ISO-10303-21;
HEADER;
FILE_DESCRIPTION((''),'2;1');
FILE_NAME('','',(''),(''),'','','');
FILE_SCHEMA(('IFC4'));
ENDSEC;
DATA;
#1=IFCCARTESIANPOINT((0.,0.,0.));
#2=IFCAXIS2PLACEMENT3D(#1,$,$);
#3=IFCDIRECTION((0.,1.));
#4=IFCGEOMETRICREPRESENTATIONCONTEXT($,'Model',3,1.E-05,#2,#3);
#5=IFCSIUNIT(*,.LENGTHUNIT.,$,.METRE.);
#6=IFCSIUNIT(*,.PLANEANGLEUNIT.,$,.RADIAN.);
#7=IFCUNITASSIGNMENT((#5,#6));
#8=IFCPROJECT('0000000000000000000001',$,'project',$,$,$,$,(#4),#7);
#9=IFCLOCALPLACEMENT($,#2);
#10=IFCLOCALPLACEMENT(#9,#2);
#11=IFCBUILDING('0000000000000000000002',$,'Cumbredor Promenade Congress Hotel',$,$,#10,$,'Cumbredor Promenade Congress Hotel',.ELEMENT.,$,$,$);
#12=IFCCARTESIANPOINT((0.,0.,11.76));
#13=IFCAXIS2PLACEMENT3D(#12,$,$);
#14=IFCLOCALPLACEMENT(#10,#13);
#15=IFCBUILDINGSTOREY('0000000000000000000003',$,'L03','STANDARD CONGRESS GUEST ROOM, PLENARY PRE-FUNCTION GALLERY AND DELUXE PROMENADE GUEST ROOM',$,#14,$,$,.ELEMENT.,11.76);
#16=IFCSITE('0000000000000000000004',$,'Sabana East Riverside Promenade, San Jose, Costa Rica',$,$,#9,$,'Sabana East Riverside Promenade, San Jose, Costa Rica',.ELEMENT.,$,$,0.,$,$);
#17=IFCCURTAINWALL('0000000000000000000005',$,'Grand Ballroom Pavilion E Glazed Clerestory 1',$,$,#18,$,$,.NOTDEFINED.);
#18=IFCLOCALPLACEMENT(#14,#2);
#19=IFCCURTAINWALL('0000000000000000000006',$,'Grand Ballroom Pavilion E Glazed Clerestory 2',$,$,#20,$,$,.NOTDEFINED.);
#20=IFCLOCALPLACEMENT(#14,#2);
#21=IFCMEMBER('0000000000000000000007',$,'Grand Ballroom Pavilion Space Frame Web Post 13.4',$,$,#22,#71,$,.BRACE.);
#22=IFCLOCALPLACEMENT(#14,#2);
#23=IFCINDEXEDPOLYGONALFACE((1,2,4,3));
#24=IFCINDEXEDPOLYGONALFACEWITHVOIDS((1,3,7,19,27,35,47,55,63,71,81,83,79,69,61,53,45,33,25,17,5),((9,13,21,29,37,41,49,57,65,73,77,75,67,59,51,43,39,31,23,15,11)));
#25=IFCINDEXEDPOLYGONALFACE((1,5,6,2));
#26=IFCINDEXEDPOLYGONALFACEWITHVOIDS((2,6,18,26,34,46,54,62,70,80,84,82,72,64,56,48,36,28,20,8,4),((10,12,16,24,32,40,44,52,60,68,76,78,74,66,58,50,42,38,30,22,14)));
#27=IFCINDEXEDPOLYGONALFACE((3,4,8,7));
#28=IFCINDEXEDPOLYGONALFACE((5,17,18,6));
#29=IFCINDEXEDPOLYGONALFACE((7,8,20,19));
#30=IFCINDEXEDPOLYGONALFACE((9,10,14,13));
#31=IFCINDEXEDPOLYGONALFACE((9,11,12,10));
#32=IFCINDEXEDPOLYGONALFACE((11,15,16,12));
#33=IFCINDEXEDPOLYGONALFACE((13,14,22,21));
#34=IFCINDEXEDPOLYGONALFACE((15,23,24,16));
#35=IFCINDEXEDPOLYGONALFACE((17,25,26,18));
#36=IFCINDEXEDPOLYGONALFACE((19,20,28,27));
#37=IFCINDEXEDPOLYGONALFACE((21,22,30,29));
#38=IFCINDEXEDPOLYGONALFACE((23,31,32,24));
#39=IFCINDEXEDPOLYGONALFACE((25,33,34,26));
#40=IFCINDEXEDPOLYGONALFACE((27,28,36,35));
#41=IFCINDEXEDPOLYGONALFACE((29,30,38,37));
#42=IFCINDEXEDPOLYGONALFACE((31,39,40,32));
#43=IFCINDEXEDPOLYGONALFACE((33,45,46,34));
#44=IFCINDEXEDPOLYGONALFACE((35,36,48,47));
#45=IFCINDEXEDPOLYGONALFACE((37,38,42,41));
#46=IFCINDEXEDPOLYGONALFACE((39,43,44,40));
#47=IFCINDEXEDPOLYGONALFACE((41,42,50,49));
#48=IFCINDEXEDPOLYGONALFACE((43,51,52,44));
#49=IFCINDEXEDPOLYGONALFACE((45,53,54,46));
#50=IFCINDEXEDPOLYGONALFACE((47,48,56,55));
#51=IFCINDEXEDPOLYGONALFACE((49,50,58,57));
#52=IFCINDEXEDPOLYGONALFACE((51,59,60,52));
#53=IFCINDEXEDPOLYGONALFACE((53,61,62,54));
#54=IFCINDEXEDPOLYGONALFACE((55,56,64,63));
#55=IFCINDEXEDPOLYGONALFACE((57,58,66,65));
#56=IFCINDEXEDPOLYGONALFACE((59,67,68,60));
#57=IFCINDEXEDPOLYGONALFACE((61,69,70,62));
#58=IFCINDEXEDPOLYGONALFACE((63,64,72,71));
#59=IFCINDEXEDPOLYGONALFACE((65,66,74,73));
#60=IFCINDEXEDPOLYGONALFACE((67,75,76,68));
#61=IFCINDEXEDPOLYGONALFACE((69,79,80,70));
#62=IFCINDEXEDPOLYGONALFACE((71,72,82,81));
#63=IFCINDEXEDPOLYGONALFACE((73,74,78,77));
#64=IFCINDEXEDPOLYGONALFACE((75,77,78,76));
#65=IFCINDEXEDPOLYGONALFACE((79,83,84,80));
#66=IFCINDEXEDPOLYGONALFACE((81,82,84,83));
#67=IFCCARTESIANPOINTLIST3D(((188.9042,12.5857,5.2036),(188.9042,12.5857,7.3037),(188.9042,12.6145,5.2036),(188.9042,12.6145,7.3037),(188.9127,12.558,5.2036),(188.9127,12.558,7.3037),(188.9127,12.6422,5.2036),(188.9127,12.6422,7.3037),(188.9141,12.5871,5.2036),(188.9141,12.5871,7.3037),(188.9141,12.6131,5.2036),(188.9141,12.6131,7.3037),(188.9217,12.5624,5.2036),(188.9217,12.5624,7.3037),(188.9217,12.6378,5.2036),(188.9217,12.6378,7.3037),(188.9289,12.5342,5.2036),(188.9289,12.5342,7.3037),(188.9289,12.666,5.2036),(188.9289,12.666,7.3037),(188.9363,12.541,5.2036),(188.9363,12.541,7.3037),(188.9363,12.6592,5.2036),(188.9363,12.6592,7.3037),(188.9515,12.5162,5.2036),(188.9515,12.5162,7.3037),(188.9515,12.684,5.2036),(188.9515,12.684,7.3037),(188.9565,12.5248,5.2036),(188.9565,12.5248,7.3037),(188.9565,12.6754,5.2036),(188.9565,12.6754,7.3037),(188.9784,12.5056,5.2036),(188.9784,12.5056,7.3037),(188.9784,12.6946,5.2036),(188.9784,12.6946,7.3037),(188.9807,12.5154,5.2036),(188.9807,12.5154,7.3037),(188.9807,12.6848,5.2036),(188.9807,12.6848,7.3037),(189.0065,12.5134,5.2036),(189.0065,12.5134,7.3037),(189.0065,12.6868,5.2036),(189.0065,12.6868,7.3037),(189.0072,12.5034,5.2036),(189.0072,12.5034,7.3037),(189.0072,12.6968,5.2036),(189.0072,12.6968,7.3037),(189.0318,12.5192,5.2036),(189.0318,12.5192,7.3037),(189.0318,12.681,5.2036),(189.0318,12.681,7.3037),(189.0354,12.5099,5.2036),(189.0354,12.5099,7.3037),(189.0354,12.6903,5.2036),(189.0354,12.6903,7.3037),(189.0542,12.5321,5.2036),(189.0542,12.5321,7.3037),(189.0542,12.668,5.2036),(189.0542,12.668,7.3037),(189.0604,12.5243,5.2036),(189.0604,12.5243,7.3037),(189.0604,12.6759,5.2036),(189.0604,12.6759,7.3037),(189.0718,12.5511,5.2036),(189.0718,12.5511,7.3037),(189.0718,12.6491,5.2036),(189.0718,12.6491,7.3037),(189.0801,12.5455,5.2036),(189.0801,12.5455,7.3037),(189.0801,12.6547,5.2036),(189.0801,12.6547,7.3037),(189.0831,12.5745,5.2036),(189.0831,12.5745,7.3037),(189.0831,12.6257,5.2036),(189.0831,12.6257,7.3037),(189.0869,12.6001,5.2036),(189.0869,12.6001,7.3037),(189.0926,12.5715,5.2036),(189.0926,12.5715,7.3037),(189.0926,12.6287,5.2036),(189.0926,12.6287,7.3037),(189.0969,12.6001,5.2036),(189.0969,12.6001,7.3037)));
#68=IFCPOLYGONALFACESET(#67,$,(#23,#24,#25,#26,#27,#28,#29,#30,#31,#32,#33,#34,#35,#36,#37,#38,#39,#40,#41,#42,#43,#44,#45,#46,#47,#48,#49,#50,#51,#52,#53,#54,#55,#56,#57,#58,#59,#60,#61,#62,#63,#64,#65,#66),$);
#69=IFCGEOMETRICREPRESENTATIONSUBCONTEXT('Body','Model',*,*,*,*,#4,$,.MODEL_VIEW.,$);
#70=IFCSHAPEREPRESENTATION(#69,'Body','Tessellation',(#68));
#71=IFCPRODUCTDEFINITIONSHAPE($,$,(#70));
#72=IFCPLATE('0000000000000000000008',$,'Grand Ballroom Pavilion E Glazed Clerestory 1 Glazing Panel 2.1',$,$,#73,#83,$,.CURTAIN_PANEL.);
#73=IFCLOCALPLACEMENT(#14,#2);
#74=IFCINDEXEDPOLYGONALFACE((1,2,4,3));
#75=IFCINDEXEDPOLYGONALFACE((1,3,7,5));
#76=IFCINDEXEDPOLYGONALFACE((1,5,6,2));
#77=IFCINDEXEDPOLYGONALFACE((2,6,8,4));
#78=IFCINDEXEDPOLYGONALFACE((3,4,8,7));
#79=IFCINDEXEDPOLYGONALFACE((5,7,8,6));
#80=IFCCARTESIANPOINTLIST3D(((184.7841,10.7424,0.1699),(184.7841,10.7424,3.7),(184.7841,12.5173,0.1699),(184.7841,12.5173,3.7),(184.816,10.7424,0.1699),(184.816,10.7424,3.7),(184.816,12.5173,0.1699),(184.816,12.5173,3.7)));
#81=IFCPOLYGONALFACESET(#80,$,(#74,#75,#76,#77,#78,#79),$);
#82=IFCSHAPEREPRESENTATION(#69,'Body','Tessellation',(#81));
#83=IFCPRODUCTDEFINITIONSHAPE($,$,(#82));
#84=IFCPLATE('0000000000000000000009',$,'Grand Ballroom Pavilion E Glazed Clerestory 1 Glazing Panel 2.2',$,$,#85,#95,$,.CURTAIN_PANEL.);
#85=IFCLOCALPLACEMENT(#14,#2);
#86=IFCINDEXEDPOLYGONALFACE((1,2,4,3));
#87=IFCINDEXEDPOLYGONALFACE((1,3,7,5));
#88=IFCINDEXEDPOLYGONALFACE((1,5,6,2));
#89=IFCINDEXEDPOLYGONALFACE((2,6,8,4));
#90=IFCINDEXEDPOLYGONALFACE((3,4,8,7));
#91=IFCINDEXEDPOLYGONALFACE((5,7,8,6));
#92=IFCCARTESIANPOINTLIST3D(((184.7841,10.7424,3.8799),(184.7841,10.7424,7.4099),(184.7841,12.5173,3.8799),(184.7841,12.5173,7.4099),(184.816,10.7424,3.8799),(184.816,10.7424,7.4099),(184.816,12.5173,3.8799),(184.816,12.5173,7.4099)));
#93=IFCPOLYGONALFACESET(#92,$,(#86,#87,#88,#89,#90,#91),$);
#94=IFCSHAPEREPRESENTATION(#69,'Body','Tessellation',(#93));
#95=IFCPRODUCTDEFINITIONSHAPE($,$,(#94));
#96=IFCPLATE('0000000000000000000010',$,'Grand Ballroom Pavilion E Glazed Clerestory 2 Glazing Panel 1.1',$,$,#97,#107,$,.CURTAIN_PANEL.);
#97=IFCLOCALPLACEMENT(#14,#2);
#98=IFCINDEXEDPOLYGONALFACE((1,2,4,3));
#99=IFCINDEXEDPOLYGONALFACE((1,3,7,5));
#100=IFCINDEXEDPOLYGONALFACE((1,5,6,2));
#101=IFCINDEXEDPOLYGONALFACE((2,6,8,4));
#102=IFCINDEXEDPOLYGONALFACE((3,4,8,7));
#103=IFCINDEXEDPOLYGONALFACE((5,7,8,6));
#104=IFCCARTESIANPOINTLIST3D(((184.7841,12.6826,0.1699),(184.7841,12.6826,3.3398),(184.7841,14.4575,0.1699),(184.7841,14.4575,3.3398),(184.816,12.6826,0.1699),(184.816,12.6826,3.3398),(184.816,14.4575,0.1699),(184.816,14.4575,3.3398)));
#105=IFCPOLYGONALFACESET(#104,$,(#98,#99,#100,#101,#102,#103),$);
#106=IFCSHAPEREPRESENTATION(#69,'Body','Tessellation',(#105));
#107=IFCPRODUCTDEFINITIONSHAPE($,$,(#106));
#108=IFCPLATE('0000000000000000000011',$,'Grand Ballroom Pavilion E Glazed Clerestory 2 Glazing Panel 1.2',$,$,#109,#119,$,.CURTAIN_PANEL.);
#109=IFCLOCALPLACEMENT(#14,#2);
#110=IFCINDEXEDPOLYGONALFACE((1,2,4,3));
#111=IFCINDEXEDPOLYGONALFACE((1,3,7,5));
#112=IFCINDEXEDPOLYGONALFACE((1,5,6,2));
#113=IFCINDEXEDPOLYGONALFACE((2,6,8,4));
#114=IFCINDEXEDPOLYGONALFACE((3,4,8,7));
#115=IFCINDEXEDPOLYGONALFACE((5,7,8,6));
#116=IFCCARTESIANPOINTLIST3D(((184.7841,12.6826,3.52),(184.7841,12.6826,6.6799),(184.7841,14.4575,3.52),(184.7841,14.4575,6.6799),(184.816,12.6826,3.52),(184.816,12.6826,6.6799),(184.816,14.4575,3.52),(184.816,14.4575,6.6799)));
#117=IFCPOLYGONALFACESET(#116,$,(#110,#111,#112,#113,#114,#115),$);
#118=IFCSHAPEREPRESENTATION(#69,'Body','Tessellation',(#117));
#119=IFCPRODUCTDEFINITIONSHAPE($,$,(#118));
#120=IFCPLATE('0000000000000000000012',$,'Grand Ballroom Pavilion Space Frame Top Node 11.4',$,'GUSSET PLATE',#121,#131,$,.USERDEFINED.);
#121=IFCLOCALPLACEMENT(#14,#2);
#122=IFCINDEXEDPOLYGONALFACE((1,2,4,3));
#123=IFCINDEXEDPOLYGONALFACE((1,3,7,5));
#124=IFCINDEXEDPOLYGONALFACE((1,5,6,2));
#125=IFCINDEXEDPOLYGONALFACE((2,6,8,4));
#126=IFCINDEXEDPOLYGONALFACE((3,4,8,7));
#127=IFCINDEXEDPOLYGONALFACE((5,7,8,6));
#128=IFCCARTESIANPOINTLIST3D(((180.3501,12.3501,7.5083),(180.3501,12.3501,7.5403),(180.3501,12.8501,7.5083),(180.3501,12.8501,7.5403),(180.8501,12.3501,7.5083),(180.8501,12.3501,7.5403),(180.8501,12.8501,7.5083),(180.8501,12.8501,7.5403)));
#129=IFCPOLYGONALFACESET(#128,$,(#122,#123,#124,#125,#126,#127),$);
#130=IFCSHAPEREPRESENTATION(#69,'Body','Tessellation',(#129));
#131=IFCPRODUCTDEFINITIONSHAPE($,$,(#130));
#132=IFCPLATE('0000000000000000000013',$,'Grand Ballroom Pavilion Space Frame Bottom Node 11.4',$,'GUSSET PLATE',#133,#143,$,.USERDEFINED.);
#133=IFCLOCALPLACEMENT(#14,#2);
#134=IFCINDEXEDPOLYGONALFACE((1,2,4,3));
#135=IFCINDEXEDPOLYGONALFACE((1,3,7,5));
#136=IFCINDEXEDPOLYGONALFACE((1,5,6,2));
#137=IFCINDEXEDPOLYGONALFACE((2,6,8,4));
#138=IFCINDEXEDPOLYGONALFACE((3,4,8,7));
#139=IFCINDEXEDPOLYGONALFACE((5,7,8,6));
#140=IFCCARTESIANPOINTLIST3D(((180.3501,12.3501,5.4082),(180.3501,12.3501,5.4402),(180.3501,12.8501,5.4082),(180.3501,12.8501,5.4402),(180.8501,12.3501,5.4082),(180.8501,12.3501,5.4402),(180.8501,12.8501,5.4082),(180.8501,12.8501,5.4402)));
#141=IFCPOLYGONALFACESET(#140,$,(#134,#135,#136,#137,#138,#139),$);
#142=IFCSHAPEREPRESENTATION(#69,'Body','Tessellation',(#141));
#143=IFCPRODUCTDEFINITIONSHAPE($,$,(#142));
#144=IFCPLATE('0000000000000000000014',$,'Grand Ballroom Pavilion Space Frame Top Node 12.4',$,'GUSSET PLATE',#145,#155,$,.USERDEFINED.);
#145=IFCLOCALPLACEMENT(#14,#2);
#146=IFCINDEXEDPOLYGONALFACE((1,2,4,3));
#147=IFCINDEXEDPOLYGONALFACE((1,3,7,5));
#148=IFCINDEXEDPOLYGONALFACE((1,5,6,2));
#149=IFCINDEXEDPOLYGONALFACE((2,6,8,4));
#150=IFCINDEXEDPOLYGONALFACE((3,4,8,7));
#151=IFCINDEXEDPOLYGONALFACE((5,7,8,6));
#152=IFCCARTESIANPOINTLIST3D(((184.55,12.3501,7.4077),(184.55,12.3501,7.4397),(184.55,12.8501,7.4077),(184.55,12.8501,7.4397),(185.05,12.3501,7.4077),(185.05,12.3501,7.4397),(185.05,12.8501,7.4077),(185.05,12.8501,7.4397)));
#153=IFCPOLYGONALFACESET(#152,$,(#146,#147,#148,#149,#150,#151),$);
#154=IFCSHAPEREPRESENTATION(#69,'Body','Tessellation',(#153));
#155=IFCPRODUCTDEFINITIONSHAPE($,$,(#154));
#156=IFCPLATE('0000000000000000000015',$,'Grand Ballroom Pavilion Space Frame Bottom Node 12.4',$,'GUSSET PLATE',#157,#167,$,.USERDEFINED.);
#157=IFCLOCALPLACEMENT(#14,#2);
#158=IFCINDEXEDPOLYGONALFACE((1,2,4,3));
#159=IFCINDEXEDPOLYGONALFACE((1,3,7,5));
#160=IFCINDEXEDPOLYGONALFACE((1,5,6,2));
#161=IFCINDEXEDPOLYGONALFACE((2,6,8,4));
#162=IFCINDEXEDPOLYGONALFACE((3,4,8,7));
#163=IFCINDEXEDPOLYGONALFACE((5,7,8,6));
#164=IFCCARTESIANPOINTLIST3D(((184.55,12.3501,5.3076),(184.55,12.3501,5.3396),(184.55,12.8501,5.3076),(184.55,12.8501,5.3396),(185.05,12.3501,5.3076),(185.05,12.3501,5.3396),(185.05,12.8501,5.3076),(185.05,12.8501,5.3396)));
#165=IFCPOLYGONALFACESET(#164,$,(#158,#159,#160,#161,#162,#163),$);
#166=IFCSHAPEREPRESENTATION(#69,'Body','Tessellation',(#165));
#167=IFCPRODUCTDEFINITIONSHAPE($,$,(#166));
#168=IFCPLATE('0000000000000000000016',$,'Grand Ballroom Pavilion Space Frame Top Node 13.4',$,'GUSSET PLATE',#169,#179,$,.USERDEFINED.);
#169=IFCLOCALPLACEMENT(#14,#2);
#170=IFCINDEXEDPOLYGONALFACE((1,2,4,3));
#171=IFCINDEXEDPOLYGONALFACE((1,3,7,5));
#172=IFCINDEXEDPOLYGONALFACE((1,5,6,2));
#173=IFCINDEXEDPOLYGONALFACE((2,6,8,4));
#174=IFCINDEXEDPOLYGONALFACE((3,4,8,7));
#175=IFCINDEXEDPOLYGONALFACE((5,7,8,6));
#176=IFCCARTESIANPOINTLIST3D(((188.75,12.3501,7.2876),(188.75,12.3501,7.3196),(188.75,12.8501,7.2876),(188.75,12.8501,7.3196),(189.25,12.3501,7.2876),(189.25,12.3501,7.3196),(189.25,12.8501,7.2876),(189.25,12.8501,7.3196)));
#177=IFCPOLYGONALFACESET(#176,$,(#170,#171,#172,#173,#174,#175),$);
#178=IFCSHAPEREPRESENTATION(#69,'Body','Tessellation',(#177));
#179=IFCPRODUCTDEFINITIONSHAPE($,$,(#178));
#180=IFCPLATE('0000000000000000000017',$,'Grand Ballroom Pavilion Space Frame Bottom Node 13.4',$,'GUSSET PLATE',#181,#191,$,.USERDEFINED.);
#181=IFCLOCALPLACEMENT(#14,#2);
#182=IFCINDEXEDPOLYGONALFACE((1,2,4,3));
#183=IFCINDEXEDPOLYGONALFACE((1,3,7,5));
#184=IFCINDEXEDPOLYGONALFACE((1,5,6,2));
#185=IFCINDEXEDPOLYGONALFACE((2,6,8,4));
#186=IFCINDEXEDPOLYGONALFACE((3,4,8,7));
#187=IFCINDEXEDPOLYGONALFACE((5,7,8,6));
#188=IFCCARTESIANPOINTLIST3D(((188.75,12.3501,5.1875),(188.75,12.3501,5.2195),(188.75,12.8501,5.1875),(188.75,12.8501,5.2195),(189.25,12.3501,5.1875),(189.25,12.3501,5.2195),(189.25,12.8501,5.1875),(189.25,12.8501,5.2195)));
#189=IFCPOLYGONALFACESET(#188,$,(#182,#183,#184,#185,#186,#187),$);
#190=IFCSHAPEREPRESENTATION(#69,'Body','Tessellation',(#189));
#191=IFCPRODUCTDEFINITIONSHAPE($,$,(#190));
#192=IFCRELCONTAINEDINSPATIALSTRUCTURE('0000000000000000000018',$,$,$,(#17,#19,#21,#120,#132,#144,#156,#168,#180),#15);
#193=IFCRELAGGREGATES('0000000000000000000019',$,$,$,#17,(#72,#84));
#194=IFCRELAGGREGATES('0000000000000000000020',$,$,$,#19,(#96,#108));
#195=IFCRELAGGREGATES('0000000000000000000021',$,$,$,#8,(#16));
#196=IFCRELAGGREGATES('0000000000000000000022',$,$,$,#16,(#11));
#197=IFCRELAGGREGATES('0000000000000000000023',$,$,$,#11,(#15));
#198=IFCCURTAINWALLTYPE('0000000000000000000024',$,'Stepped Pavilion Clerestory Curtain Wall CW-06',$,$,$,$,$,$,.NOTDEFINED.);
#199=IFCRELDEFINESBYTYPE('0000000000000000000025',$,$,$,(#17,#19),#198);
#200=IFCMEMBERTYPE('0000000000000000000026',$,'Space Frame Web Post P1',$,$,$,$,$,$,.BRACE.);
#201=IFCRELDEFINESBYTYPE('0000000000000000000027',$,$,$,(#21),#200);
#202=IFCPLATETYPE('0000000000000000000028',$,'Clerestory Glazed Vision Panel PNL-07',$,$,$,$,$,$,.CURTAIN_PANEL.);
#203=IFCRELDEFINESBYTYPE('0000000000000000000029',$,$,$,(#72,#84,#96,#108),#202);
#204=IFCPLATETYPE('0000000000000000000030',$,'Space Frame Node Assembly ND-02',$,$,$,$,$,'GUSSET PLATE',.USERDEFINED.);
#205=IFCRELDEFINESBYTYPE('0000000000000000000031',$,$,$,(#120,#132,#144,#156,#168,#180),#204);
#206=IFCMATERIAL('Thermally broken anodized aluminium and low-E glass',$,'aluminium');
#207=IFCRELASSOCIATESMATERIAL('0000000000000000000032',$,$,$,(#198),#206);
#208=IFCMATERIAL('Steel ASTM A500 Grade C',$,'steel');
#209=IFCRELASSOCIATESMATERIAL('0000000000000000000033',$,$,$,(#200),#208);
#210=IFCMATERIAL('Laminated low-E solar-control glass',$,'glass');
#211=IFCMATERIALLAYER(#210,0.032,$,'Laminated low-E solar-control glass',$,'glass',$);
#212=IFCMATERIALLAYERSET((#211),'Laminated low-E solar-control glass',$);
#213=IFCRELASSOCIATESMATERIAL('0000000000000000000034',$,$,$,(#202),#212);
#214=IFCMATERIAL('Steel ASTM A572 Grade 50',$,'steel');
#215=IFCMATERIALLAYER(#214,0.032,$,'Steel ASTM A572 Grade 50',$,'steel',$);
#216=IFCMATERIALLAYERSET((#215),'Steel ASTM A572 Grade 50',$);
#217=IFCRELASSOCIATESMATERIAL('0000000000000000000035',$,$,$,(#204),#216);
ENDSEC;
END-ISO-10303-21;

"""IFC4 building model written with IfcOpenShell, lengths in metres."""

from ifc_helpers import new_model, si_unit, direction, frame, origin, origin_2d, place, context, subcontext, project, spatial, rectangle, hollow_circle, extrude, material, layer, layer_set, material_profile, profile_set, type_object, element, aggregate, save


model = new_model("IFC4")

# Units and contexts
model_context = context("Model", 3, precision=1e-05, world=origin(), true_north=direction((0.0, 1.0)))
body_context = subcontext(model_context, "Body", "Model", "MODEL_VIEW")
ifc_project = project(units=[si_unit("LENGTHUNIT", "METRE"), si_unit("PLANEANGLEUNIT", "RADIAN")], contexts=[model_context])

# Site, building, storey
site_placement = place(None, origin())
site = spatial("IfcSite", under=ifc_project, at=site_placement, Name="Sabana East Riverside Promenade, San Jose, Costa Rica", LongName="Sabana East Riverside Promenade, San Jose, Costa Rica", CompositionType="ELEMENT", RefElevation=0.0)
building_placement = place(site_placement, origin())
building = spatial("IfcBuilding", under=site, at=building_placement, Name="Cumbredor Promenade Congress Hotel", LongName="Cumbredor Promenade Congress Hotel", CompositionType="ELEMENT")
storey_placement = place(building_placement, frame((0.0, 0.0, 11.76)))
storey = spatial("IfcBuildingStorey", under=building, at=storey_placement, Name="L03", Description="STANDARD CONGRESS GUEST ROOM, PLENARY PRE-FUNCTION GALLERY AND DELUXE PROMENADE GUEST ROOM", CompositionType="ELEMENT", Elevation=11.76)

# Shared definitions
ifc_material_1 = material(Name="Steel ASTM A500 Grade C", Category="steel")

# Curtain wall
ifc_material_2 = material(Name="Thermally broken anodized aluminium and low-E glass", Category="aluminium")
curtain_wall_type = type_object("IfcCurtainWallType", Name="Stepped Pavilion Clerestory Curtain Wall CW-06", PredefinedType="NOTDEFINED", material=ifc_material_2)
curtain_wall_1_placement = place(storey_placement, origin())
curtain_wall_1 = element("IfcCurtainWall", 1, at=curtain_wall_1_placement, inside=storey, type_object=curtain_wall_type, Name="Grand Ballroom Pavilion E Glazed Clerestory 1", PredefinedType="NOTDEFINED")

# Curtain wall
curtain_wall_2_placement = place(storey_placement, origin())
curtain_wall_2 = element("IfcCurtainWall", 2, at=curtain_wall_2_placement, inside=storey, type_object=curtain_wall_type, Name="Grand Ballroom Pavilion E Glazed Clerestory 2", PredefinedType="NOTDEFINED")

# Member
ifc_material_profile_1 = material_profile(ifc_material_1, hollow_circle(Radius=0.0969, WallThickness=0.01, at=origin_2d()), Name="CHS 193.7x10")
ifc_profile_set_1 = profile_set([ifc_material_profile_1], Name="Steel ASTM A500 Grade C")
member_type_1 = type_object("IfcMemberType", Name="Space Frame Web Post P1", PredefinedType="BRACE", material=ifc_profile_set_1)
for number, where, z_axis, x_axis, name in (
    (3, (189.0, 12.6001, 5.2036), (0.0, 0.0, 1.0), (1.0, 0.0, 0.0), "Grand Ballroom Pavilion Space Frame Web Post 13.4"),
):
    element("IfcMember", number, at=place(storey_placement, frame(where, z_axis=z_axis, x_axis=x_axis)), inside=storey, type_object=member_type_1, Name=name, PredefinedType="BRACE", context=body_context, shape_type="SweptSolid", body=[
        extrude(hollow_circle(Radius=0.0969, WallThickness=0.01, at=origin_2d()), origin(), (0.0, 0.0, 1.0), 2.1001),
    ])

# Plates
ifc_material_3 = material(Name="Laminated low-E solar-control glass", Category="glass")
ifc_layer_1 = layer(ifc_material_3, 0.032, Name="Laminated low-E solar-control glass", Category="glass")
ifc_layer_set_1 = layer_set([ifc_layer_1], Name="Laminated low-E solar-control glass")
plate_type_1 = type_object("IfcPlateType", Name="Clerestory Glazed Vision Panel PNL-07", PredefinedType="CURTAIN_PANEL", material=ifc_layer_set_1)
plate_1_placement = place(storey_placement, frame((184.8, 11.6299, 0.1699), z_axis=(0.0, 0.0, 1.0), x_axis=(0.0, 1.0, 0.0)))
plate_1 = element("IfcPlate", 4, at=plate_1_placement, type_object=plate_type_1, Name="Grand Ballroom Pavilion E Glazed Clerestory 1 Glazing Panel 2.1", PredefinedType="CURTAIN_PANEL", context=body_context, shape_type="SweptSolid", body=[
    extrude(rectangle(XDim=1.7749, YDim=0.032, at=origin_2d()), origin(), (0.0, 0.0, 1.0), 3.53),
])
plate_2_placement = place(storey_placement, frame((184.8, 11.6299, 3.8799), z_axis=(0.0, 0.0, 1.0), x_axis=(0.0, 1.0, 0.0)))
plate_2 = element("IfcPlate", 5, at=plate_2_placement, type_object=plate_type_1, Name="Grand Ballroom Pavilion E Glazed Clerestory 1 Glazing Panel 2.2", PredefinedType="CURTAIN_PANEL", context=body_context, shape_type="SweptSolid", body=[
    extrude(rectangle(XDim=1.7749, YDim=0.032, at=origin_2d()), origin(), (0.0, 0.0, 1.0), 3.53),
])
aggregate(curtain_wall_1, [plate_1, plate_2])
plate_3_placement = place(storey_placement, frame((184.8, 13.5701, 0.1699), z_axis=(0.0, 0.0, 1.0), x_axis=(0.0, 1.0, 0.0)))
plate_3 = element("IfcPlate", 6, at=plate_3_placement, type_object=plate_type_1, Name="Grand Ballroom Pavilion E Glazed Clerestory 2 Glazing Panel 1.1", PredefinedType="CURTAIN_PANEL", context=body_context, shape_type="SweptSolid", body=[
    extrude(rectangle(XDim=1.7749, YDim=0.032, at=origin_2d()), origin(), (0.0, 0.0, 1.0), 3.1699),
])
plate_4_placement = place(storey_placement, frame((184.8, 13.5701, 3.52), z_axis=(0.0, 0.0, 1.0), x_axis=(0.0, 1.0, 0.0)))
plate_4 = element("IfcPlate", 7, at=plate_4_placement, type_object=plate_type_1, Name="Grand Ballroom Pavilion E Glazed Clerestory 2 Glazing Panel 1.2", PredefinedType="CURTAIN_PANEL", context=body_context, shape_type="SweptSolid", body=[
    extrude(rectangle(XDim=1.7749, YDim=0.032, at=origin_2d()), origin(), (0.0, 0.0, 1.0), 3.1599),
])
aggregate(curtain_wall_2, [plate_3, plate_4])

# Plates
ifc_material_4 = material(Name="Steel ASTM A572 Grade 50", Category="steel")
ifc_layer_2 = layer(ifc_material_4, 0.032, Name="Steel ASTM A572 Grade 50", Category="steel")
ifc_layer_set_2 = layer_set([ifc_layer_2], Name="Steel ASTM A572 Grade 50")
plate_type_2 = type_object("IfcPlateType", Name="Space Frame Node Assembly ND-02", ElementType="GUSSET PLATE", PredefinedType="USERDEFINED", material=ifc_layer_set_2)
for number, where, z_axis, x_axis, name in (
    (8, (180.6001, 12.6001, 7.5083), (0.0, 0.0, 1.0), (1.0, 0.0, 0.0), "Grand Ballroom Pavilion Space Frame Top Node 11.4"),
    (9, (180.6001, 12.6001, 5.4082), (0.0, 0.0, 1.0), (1.0, 0.0, 0.0), "Grand Ballroom Pavilion Space Frame Bottom Node 11.4"),
    (10, (184.8, 12.6001, 7.4077), (0.0, 0.0, 1.0), (1.0, 0.0, 0.0), "Grand Ballroom Pavilion Space Frame Top Node 12.4"),
    (11, (184.8, 12.6001, 5.3076), (0.0, 0.0, 1.0), (1.0, 0.0, 0.0), "Grand Ballroom Pavilion Space Frame Bottom Node 12.4"),
    (12, (189.0, 12.6001, 7.2876), (0.0, 0.0, 1.0), (1.0, 0.0, 0.0), "Grand Ballroom Pavilion Space Frame Top Node 13.4"),
    (13, (189.0, 12.6001, 5.1875), (0.0, 0.0, 1.0), (1.0, 0.0, 0.0), "Grand Ballroom Pavilion Space Frame Bottom Node 13.4"),
):
    element("IfcPlate", number, at=place(storey_placement, frame(where, z_axis=z_axis, x_axis=x_axis)), inside=storey, type_object=plate_type_2, Name=name, ObjectType="GUSSET PLATE", PredefinedType="USERDEFINED", context=body_context, shape_type="SweptSolid", body=[
        extrude(rectangle(XDim=0.5, YDim=0.5, at=origin_2d()), origin(), (0.0, 0.0, 1.0), 0.032),
    ])

save(model, "model.ifc")
